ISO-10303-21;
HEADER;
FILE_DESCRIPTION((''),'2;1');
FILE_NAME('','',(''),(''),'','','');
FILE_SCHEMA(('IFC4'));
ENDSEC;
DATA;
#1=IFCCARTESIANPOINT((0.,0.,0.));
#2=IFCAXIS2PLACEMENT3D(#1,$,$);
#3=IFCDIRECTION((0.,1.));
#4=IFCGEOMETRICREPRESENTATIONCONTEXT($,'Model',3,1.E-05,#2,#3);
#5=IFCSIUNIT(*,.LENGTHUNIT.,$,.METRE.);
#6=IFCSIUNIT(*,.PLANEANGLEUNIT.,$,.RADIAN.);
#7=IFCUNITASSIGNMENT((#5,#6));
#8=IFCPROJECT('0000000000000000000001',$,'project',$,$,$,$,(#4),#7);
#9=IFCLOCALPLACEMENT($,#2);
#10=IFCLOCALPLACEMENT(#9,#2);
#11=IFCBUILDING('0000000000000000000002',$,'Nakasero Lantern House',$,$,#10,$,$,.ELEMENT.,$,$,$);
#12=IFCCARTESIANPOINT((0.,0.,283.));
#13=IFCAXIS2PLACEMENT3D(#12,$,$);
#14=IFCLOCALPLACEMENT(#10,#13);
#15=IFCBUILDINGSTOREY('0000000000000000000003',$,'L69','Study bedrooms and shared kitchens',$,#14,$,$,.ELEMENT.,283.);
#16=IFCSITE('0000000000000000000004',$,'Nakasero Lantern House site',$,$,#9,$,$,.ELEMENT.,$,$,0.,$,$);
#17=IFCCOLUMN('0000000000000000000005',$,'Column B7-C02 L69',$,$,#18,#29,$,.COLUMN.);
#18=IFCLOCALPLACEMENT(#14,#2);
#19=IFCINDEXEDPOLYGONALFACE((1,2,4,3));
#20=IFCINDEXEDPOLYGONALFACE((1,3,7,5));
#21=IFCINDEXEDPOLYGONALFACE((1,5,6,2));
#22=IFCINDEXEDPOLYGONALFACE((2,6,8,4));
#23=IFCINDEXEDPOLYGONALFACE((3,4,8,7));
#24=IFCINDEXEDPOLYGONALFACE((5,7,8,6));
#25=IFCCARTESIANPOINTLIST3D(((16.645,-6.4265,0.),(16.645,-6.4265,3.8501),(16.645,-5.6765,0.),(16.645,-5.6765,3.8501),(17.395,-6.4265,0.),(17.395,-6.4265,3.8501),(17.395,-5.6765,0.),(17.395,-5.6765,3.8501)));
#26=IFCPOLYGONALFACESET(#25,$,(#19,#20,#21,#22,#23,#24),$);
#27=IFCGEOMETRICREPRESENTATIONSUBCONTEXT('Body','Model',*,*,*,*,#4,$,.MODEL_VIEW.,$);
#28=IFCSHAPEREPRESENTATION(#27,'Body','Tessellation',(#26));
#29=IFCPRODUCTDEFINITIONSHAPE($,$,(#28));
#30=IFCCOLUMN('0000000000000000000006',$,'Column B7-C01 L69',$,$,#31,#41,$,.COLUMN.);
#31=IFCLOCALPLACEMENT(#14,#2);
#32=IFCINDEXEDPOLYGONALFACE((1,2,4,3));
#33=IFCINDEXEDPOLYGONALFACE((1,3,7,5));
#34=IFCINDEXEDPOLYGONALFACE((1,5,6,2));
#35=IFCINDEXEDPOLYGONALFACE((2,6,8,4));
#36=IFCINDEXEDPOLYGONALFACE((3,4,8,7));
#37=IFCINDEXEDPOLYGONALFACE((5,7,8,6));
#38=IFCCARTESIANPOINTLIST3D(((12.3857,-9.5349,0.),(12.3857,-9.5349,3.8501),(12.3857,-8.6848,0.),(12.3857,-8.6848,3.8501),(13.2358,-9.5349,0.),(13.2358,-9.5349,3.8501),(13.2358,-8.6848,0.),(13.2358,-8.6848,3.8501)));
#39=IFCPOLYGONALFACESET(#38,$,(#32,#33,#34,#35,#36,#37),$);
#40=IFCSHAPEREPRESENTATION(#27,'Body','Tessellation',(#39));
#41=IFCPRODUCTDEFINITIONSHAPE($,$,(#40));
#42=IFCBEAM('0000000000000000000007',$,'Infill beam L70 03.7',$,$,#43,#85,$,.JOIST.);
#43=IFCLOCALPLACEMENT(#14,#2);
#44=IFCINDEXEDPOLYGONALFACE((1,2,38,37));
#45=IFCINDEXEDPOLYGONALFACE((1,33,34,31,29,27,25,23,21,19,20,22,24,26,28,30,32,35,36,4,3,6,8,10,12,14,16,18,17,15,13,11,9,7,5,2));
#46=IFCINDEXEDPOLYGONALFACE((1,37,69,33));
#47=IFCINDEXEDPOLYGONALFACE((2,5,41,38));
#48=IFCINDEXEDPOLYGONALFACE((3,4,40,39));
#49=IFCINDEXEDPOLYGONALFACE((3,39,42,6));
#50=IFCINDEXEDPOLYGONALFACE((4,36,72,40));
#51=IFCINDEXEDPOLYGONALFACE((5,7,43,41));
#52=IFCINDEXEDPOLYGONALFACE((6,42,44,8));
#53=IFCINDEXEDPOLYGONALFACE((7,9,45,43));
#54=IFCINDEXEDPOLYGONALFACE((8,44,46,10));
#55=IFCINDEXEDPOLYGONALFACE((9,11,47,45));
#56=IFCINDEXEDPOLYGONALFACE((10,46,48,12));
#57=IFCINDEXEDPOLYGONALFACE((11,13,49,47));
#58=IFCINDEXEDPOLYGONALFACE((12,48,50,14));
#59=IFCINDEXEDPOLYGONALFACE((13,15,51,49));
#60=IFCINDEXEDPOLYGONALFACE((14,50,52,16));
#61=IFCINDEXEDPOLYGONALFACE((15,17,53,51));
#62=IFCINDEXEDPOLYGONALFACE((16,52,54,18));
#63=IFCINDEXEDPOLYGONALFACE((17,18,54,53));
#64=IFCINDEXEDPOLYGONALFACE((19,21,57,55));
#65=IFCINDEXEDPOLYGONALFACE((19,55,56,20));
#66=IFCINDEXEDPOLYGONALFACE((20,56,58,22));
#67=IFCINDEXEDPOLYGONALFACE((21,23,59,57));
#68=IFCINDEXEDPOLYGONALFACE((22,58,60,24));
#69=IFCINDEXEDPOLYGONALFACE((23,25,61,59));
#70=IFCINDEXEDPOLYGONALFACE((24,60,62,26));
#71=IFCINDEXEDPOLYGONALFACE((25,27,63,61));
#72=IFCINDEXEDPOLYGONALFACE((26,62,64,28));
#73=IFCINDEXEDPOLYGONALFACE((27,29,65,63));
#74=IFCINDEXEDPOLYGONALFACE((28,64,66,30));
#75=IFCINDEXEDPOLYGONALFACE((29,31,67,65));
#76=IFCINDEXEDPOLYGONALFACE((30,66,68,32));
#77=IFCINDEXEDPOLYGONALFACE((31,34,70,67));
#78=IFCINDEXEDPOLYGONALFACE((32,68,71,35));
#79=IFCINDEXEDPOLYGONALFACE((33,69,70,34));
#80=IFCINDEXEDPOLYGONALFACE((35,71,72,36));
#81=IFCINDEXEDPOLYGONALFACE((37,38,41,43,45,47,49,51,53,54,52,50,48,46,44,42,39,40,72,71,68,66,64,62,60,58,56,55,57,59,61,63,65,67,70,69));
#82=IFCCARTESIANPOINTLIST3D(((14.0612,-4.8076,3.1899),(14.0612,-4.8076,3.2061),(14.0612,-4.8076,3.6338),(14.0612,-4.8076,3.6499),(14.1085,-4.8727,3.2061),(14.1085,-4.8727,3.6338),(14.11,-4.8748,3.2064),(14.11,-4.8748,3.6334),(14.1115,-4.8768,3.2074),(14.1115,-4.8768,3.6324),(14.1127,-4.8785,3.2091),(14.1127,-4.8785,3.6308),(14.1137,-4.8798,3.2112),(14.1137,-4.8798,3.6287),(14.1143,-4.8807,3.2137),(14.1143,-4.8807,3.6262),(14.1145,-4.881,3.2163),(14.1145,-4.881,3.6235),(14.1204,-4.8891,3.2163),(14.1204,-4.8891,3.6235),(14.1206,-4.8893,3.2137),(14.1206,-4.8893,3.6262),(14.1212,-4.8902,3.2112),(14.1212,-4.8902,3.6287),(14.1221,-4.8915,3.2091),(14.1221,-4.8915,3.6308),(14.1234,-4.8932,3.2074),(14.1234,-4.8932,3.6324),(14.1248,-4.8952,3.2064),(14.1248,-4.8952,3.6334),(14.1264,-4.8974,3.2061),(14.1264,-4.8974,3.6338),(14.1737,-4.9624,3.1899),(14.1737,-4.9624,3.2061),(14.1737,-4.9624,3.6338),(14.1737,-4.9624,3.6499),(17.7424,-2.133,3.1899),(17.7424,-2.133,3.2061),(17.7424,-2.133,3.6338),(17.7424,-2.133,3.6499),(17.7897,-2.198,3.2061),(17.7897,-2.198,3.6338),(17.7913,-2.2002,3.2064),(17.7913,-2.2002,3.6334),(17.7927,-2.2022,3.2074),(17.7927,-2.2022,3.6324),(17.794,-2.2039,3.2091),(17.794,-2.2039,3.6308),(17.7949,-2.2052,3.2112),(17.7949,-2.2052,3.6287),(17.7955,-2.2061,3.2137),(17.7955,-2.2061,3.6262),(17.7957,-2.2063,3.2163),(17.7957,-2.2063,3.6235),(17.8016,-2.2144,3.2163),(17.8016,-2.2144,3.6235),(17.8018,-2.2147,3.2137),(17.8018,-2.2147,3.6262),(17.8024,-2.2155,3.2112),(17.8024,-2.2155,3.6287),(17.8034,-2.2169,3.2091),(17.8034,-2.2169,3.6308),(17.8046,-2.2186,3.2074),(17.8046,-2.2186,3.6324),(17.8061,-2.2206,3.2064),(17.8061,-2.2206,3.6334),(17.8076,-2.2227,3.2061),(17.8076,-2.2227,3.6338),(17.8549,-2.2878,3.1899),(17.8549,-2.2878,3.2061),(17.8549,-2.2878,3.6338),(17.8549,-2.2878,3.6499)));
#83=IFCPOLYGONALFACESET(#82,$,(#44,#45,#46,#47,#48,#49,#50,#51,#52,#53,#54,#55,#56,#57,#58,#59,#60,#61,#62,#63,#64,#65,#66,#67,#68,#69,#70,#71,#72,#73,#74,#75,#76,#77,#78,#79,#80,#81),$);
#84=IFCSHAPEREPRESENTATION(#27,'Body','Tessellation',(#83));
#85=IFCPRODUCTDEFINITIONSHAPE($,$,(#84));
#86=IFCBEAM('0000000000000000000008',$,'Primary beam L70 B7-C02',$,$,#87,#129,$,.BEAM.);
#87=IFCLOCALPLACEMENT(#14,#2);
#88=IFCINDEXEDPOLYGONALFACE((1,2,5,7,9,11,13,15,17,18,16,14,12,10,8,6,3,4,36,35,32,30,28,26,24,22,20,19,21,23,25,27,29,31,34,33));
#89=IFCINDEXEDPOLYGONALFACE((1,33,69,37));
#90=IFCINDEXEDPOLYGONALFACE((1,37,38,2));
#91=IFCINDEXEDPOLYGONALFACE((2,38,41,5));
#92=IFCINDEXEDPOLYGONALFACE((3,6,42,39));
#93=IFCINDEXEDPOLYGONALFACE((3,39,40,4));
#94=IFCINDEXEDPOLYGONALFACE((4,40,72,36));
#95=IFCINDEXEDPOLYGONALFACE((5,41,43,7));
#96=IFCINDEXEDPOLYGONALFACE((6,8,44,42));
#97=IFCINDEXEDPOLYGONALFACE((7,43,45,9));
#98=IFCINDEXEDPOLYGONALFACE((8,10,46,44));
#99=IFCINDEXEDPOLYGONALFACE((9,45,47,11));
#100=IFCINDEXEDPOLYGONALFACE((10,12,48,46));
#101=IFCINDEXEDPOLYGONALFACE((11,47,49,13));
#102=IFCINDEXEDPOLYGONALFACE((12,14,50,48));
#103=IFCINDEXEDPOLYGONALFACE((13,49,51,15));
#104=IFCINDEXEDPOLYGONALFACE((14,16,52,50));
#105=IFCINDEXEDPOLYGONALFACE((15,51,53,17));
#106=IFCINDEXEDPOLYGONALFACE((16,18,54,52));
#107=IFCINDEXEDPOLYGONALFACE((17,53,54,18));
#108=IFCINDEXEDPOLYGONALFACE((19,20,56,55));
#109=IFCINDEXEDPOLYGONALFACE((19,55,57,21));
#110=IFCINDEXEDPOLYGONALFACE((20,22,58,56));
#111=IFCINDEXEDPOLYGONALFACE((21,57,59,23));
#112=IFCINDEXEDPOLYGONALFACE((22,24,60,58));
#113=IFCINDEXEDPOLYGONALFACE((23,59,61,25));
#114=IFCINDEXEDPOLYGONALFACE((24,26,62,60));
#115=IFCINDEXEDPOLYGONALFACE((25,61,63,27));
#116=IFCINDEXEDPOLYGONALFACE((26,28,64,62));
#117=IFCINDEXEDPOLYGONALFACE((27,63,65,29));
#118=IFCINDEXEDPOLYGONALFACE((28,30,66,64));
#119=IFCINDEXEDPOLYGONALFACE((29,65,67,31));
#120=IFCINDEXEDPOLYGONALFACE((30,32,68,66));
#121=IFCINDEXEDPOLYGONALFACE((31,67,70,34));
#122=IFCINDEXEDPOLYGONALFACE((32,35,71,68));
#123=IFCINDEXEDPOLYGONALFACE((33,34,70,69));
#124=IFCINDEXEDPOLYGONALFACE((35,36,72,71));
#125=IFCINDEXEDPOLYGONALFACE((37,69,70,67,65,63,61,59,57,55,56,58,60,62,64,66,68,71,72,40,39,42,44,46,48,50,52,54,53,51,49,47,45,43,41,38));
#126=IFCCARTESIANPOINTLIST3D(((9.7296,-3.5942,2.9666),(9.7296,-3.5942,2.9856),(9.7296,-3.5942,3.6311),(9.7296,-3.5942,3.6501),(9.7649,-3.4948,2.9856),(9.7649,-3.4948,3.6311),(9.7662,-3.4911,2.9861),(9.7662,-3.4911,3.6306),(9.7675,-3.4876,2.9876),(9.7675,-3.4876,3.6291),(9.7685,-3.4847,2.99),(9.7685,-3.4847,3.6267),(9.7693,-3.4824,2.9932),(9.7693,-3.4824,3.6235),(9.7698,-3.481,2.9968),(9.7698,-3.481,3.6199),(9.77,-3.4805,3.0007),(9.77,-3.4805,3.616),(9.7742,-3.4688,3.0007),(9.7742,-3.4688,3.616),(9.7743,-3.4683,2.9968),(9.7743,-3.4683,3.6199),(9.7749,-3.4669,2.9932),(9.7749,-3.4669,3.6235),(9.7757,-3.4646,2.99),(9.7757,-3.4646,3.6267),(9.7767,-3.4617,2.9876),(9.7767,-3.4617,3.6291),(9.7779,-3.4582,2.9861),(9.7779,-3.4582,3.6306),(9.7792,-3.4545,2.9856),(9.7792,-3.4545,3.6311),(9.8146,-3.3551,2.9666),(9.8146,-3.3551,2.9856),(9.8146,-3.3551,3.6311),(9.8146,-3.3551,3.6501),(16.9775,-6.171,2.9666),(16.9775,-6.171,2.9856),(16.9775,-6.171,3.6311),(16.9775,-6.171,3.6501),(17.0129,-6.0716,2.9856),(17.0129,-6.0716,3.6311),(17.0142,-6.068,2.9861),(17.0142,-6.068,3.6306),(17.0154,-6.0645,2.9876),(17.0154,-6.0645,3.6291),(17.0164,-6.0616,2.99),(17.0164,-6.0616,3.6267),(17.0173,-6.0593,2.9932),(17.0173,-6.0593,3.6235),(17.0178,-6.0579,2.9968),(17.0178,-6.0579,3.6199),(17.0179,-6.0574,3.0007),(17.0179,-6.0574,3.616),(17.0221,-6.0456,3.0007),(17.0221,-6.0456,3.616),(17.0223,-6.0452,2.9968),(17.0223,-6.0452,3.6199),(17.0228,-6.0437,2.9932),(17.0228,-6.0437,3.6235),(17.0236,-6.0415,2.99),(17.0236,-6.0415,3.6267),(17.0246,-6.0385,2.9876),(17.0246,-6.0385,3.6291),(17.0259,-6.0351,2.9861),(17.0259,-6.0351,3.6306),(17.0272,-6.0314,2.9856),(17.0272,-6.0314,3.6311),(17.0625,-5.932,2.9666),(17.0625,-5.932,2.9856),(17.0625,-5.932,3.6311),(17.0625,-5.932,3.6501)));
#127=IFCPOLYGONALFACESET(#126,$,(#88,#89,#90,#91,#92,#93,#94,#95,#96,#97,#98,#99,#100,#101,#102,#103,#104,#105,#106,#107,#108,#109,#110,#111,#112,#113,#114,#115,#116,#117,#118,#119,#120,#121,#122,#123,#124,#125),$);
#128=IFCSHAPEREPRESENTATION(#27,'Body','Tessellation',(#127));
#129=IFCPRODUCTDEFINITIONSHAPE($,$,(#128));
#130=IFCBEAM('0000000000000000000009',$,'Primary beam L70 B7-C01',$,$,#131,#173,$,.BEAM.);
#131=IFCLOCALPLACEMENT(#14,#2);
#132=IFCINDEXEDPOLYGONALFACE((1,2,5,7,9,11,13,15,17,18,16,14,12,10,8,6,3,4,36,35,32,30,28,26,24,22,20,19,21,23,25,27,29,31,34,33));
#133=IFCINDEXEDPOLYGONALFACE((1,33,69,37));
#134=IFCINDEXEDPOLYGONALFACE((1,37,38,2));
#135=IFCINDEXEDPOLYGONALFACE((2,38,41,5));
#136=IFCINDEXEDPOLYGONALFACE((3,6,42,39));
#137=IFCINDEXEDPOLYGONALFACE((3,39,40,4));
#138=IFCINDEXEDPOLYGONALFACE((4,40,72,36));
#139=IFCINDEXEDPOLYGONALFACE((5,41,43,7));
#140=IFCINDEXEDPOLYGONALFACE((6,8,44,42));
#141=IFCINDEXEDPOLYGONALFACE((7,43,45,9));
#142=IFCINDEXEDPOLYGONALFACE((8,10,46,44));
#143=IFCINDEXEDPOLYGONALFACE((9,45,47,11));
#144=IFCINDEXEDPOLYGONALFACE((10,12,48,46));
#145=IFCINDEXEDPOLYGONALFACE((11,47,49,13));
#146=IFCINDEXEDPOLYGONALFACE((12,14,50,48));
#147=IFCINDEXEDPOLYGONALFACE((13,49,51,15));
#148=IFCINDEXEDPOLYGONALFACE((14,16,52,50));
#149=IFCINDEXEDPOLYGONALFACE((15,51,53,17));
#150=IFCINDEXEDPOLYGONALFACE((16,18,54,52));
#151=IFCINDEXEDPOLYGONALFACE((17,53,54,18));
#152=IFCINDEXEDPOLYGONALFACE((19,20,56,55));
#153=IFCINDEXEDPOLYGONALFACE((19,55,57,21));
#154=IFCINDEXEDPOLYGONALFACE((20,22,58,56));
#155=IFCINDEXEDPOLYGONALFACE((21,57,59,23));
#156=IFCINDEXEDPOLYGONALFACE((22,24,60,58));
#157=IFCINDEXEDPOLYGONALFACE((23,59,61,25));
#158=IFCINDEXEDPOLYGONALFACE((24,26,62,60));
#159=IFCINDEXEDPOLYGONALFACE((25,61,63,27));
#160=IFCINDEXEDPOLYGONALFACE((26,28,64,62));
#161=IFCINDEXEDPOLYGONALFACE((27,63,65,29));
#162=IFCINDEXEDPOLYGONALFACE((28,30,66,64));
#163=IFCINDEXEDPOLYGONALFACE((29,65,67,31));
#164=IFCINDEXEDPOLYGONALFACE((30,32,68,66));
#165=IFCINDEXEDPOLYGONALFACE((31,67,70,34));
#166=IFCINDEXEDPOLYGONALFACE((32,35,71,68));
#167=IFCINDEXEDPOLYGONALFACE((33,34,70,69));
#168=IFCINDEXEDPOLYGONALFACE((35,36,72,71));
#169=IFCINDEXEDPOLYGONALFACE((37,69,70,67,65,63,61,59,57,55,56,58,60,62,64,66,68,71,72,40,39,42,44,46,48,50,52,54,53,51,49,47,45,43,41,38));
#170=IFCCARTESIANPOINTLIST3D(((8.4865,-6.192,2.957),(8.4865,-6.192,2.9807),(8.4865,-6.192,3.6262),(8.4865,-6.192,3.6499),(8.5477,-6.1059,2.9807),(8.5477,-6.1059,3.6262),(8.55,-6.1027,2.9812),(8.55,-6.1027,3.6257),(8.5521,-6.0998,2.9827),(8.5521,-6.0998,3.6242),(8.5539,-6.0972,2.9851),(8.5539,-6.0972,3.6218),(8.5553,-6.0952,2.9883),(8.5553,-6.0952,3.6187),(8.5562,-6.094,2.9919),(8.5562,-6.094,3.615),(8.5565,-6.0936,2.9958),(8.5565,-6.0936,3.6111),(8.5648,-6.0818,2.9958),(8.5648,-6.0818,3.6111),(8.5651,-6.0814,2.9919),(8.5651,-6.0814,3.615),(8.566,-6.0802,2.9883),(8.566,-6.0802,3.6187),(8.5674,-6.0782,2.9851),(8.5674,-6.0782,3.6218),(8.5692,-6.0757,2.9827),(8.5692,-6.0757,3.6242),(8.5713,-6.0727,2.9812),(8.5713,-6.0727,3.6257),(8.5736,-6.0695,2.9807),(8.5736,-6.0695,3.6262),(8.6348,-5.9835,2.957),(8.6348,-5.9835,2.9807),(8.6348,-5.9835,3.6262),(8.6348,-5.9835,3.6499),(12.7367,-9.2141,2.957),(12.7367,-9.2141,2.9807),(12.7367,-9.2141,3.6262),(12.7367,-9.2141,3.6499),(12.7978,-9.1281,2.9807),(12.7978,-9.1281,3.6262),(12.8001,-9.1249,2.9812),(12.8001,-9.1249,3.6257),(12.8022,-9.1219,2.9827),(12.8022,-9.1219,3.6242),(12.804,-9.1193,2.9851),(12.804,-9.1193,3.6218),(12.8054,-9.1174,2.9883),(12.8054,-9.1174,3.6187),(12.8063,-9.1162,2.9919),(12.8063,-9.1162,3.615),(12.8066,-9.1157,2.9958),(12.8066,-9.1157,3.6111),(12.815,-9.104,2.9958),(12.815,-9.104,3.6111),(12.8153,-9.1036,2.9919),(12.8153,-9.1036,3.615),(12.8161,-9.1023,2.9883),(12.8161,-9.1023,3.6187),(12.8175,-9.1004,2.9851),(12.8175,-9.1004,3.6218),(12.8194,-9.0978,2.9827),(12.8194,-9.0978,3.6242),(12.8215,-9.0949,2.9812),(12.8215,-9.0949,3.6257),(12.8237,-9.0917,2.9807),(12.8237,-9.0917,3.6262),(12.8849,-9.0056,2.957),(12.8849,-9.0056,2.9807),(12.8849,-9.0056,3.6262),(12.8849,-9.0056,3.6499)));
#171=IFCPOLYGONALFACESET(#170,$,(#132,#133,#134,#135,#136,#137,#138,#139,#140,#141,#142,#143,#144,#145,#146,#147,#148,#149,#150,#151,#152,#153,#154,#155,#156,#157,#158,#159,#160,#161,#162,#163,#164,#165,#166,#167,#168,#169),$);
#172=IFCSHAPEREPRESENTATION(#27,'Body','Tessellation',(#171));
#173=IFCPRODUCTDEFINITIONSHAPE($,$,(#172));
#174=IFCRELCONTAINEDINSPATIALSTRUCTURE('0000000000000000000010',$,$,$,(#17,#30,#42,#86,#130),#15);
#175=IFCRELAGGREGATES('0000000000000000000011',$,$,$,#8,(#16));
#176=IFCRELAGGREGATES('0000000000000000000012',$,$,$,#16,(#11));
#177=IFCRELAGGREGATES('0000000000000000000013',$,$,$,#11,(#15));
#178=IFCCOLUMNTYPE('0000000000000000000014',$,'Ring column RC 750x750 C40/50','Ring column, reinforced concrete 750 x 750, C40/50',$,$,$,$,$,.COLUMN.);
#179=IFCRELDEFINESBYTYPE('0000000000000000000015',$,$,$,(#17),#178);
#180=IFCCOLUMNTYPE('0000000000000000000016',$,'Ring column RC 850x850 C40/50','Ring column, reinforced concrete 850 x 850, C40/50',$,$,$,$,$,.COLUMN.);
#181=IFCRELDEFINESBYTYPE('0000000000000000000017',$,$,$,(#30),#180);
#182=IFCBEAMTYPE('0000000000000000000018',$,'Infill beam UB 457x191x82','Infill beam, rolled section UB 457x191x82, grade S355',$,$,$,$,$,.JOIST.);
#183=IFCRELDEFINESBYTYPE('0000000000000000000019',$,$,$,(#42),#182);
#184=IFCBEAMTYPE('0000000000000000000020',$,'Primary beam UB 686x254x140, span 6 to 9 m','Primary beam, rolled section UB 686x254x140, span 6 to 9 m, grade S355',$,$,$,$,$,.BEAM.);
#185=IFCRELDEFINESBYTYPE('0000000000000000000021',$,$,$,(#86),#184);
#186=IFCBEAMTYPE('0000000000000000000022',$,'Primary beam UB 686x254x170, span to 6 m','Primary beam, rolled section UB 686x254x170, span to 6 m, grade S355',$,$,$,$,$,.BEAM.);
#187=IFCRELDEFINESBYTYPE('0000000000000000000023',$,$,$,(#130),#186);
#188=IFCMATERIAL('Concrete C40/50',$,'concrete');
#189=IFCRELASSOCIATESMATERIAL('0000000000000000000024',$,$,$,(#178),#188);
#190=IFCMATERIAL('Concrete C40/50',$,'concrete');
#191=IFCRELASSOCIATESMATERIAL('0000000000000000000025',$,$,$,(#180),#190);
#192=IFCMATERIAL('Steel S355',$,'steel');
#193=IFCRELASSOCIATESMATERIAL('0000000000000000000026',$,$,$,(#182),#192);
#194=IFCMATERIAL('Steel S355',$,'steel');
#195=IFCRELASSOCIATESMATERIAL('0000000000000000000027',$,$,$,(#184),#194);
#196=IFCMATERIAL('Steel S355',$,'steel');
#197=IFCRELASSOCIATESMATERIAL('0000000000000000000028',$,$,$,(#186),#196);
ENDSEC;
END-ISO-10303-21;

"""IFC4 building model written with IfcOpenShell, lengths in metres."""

from ifc_helpers import new_model, si_unit, direction, frame, origin, origin_2d, place, context, subcontext, project, spatial, rectangle, i_section, extrude, material, material_profile, profile_set, type_object, element, save


model = new_model("IFC4")

# Units and contexts
model_context = context("Model", 3, precision=1e-05, world=origin(), true_north=direction((0.0, 1.0)))
body_context = subcontext(model_context, "Body", "Model", "MODEL_VIEW")
ifc_project = project(units=[si_unit("LENGTHUNIT", "METRE"), si_unit("PLANEANGLEUNIT", "RADIAN")], contexts=[model_context])

# Site, building, storey
site_placement = place(None, origin())
site = spatial("IfcSite", under=ifc_project, at=site_placement, Name="Nakasero Lantern House site", CompositionType="ELEMENT", RefElevation=0.0)
building_placement = place(site_placement, origin())
building = spatial("IfcBuilding", under=site, at=building_placement, Name="Nakasero Lantern House", CompositionType="ELEMENT")
storey_placement = place(building_placement, frame((0.0, 0.0, 283.0)))
storey = spatial("IfcBuildingStorey", under=building, at=storey_placement, Name="L69", Description="Study bedrooms and shared kitchens", CompositionType="ELEMENT", Elevation=283.0)

# Columns
ifc_material_1 = material(Name="Concrete C40/50", Category="concrete")
ifc_material_profile_1 = material_profile(ifc_material_1, rectangle(XDim=0.75, YDim=0.75, at=origin_2d()), Name="RC 750x750")
ifc_profile_set_1 = profile_set([ifc_material_profile_1], Name="Concrete C40/50")
column_type_1 = type_object("IfcColumnType", Name="Ring column RC 750x750 C40/50", Description="Ring column, reinforced concrete 750 x 750, C40/50", PredefinedType="COLUMN", material=ifc_profile_set_1)
column_1_placement = place(storey_placement, frame((17.02, -6.0515, 0.0), z_axis=(0.0, 0.0, 1.0), x_axis=(1.0, 0.0, 0.0)))
element("IfcColumn", 1, at=column_1_placement, inside=storey, type_object=column_type_1, Name="Column B7-C02 L69", PredefinedType="COLUMN", context=body_context, shape_type="SweptSolid", body=[
    extrude(rectangle(XDim=0.75, YDim=0.75, at=origin_2d()), origin(), (0.0, 0.0, 1.0), 3.8501),
])
ifc_material_2 = material(Name="Concrete C40/50", Category="concrete")
ifc_material_profile_2 = material_profile(ifc_material_2, rectangle(XDim=0.8501, YDim=0.8501, at=origin_2d()), Name="RC 850x850")
ifc_profile_set_2 = profile_set([ifc_material_profile_2], Name="Concrete C40/50")
column_type_2 = type_object("IfcColumnType", Name="Ring column RC 850x850 C40/50", Description="Ring column, reinforced concrete 850 x 850, C40/50", PredefinedType="COLUMN", material=ifc_profile_set_2)
column_2_placement = place(storey_placement, frame((12.8108, -9.1099, 0.0), z_axis=(0.0, 0.0, 1.0), x_axis=(1.0, 0.0, 0.0)))
element("IfcColumn", 2, at=column_2_placement, inside=storey, type_object=column_type_2, Name="Column B7-C01 L69", PredefinedType="COLUMN", context=body_context, shape_type="SweptSolid", body=[
    extrude(rectangle(XDim=0.8501, YDim=0.8501, at=origin_2d()), origin(), (0.0, 0.0, 1.0), 3.8501),
])

# Beams
ifc_material_3 = material(Name="Steel S355", Category="steel")
ifc_material_profile_3 = material_profile(ifc_material_3, i_section(OverallWidth=0.1914, OverallDepth=0.46, WebThickness=0.01, FlangeThickness=0.0161, FilletRadius=0.0103, at=origin_2d()), Name="UB 457x191x82")
ifc_profile_set_3 = profile_set([ifc_material_profile_3], Name="Steel S355")
beam_type_1 = type_object("IfcBeamType", Name="Infill beam UB 457x191x82", Description="Infill beam, rolled section UB 457x191x82, grade S355", PredefinedType="JOIST", material=ifc_profile_set_3)
beam_1_placement = place(storey_placement, frame((14.1174, -4.885, 3.4199), z_axis=(0.809012, 0.587792, 0.0), x_axis=(-0.587792, 0.809012, 0.0)))
element("IfcBeam", 3, at=beam_1_placement, inside=storey, type_object=beam_type_1, Name="Infill beam L70 03.7", PredefinedType="JOIST", context=body_context, shape_type="SweptSolid", body=[
    extrude(i_section(OverallWidth=0.1914, OverallDepth=0.46, WebThickness=0.01, FlangeThickness=0.0161, FilletRadius=0.0103, at=origin_2d()), origin(), (0.0, 0.0, 1.0), 4.5503),
])
ifc_material_4 = material(Name="Steel S355", Category="steel")
ifc_material_profile_4 = material_profile(ifc_material_4, i_section(OverallWidth=0.2537, OverallDepth=0.6836, WebThickness=0.0125, FlangeThickness=0.019, FilletRadius=0.0151, at=origin_2d()), Name="UB 686x254x140")
ifc_profile_set_4 = profile_set([ifc_material_profile_4], Name="Steel S355")
beam_type_2 = type_object("IfcBeamType", Name="Primary beam UB 686x254x140, span 6 to 9 m", Description="Primary beam, rolled section UB 686x254x140, span 6 to 9 m, grade S355", PredefinedType="BEAM", material=ifc_profile_set_4)
beam_2_placement = place(storey_placement, frame((17.02, -6.0515, 3.3083), z_axis=(-0.942222, 0.334989, 0.0), x_axis=(-0.334989, -0.942222, 0.0)))
element("IfcBeam", 4, at=beam_2_placement, inside=storey, type_object=beam_type_2, Name="Primary beam L70 B7-C02", PredefinedType="BEAM", context=body_context, shape_type="SweptSolid", body=[
    extrude(i_section(OverallWidth=0.2537, OverallDepth=0.6836, WebThickness=0.0125, FlangeThickness=0.019, FilletRadius=0.0151, at=origin_2d()), origin(), (0.0, 0.0, 1.0), 7.6924),
])
ifc_material_5 = material(Name="Steel S355", Category="steel")
ifc_material_profile_5 = material_profile(ifc_material_5, i_section(OverallWidth=0.2559, OverallDepth=0.6929, WebThickness=0.0144, FlangeThickness=0.0237, FilletRadius=0.0151, at=origin_2d()), Name="UB 686x254x170")
ifc_profile_set_5 = profile_set([ifc_material_profile_5], Name="Steel S355")
beam_type_3 = type_object("IfcBeamType", Name="Primary beam UB 686x254x170, span to 6 m", Description="Primary beam, rolled section UB 686x254x170, span to 6 m, grade S355", PredefinedType="BEAM", material=ifc_profile_set_5)
beam_3_placement = place(storey_placement, frame((12.8108, -9.1099, 3.3035), z_axis=(-0.814972, 0.579501, 0.0), x_axis=(-0.579501, -0.814972, 0.0)))
element("IfcBeam", 5, at=beam_3_placement, inside=storey, type_object=beam_type_3, Name="Primary beam L70 B7-C01", PredefinedType="BEAM", context=body_context, shape_type="SweptSolid", body=[
    extrude(i_section(OverallWidth=0.2559, OverallDepth=0.6929, WebThickness=0.0144, FlangeThickness=0.0237, FilletRadius=0.0151, at=origin_2d()), origin(), (0.0, 0.0, 1.0), 5.2151),
])

save(model, "model.ifc")
